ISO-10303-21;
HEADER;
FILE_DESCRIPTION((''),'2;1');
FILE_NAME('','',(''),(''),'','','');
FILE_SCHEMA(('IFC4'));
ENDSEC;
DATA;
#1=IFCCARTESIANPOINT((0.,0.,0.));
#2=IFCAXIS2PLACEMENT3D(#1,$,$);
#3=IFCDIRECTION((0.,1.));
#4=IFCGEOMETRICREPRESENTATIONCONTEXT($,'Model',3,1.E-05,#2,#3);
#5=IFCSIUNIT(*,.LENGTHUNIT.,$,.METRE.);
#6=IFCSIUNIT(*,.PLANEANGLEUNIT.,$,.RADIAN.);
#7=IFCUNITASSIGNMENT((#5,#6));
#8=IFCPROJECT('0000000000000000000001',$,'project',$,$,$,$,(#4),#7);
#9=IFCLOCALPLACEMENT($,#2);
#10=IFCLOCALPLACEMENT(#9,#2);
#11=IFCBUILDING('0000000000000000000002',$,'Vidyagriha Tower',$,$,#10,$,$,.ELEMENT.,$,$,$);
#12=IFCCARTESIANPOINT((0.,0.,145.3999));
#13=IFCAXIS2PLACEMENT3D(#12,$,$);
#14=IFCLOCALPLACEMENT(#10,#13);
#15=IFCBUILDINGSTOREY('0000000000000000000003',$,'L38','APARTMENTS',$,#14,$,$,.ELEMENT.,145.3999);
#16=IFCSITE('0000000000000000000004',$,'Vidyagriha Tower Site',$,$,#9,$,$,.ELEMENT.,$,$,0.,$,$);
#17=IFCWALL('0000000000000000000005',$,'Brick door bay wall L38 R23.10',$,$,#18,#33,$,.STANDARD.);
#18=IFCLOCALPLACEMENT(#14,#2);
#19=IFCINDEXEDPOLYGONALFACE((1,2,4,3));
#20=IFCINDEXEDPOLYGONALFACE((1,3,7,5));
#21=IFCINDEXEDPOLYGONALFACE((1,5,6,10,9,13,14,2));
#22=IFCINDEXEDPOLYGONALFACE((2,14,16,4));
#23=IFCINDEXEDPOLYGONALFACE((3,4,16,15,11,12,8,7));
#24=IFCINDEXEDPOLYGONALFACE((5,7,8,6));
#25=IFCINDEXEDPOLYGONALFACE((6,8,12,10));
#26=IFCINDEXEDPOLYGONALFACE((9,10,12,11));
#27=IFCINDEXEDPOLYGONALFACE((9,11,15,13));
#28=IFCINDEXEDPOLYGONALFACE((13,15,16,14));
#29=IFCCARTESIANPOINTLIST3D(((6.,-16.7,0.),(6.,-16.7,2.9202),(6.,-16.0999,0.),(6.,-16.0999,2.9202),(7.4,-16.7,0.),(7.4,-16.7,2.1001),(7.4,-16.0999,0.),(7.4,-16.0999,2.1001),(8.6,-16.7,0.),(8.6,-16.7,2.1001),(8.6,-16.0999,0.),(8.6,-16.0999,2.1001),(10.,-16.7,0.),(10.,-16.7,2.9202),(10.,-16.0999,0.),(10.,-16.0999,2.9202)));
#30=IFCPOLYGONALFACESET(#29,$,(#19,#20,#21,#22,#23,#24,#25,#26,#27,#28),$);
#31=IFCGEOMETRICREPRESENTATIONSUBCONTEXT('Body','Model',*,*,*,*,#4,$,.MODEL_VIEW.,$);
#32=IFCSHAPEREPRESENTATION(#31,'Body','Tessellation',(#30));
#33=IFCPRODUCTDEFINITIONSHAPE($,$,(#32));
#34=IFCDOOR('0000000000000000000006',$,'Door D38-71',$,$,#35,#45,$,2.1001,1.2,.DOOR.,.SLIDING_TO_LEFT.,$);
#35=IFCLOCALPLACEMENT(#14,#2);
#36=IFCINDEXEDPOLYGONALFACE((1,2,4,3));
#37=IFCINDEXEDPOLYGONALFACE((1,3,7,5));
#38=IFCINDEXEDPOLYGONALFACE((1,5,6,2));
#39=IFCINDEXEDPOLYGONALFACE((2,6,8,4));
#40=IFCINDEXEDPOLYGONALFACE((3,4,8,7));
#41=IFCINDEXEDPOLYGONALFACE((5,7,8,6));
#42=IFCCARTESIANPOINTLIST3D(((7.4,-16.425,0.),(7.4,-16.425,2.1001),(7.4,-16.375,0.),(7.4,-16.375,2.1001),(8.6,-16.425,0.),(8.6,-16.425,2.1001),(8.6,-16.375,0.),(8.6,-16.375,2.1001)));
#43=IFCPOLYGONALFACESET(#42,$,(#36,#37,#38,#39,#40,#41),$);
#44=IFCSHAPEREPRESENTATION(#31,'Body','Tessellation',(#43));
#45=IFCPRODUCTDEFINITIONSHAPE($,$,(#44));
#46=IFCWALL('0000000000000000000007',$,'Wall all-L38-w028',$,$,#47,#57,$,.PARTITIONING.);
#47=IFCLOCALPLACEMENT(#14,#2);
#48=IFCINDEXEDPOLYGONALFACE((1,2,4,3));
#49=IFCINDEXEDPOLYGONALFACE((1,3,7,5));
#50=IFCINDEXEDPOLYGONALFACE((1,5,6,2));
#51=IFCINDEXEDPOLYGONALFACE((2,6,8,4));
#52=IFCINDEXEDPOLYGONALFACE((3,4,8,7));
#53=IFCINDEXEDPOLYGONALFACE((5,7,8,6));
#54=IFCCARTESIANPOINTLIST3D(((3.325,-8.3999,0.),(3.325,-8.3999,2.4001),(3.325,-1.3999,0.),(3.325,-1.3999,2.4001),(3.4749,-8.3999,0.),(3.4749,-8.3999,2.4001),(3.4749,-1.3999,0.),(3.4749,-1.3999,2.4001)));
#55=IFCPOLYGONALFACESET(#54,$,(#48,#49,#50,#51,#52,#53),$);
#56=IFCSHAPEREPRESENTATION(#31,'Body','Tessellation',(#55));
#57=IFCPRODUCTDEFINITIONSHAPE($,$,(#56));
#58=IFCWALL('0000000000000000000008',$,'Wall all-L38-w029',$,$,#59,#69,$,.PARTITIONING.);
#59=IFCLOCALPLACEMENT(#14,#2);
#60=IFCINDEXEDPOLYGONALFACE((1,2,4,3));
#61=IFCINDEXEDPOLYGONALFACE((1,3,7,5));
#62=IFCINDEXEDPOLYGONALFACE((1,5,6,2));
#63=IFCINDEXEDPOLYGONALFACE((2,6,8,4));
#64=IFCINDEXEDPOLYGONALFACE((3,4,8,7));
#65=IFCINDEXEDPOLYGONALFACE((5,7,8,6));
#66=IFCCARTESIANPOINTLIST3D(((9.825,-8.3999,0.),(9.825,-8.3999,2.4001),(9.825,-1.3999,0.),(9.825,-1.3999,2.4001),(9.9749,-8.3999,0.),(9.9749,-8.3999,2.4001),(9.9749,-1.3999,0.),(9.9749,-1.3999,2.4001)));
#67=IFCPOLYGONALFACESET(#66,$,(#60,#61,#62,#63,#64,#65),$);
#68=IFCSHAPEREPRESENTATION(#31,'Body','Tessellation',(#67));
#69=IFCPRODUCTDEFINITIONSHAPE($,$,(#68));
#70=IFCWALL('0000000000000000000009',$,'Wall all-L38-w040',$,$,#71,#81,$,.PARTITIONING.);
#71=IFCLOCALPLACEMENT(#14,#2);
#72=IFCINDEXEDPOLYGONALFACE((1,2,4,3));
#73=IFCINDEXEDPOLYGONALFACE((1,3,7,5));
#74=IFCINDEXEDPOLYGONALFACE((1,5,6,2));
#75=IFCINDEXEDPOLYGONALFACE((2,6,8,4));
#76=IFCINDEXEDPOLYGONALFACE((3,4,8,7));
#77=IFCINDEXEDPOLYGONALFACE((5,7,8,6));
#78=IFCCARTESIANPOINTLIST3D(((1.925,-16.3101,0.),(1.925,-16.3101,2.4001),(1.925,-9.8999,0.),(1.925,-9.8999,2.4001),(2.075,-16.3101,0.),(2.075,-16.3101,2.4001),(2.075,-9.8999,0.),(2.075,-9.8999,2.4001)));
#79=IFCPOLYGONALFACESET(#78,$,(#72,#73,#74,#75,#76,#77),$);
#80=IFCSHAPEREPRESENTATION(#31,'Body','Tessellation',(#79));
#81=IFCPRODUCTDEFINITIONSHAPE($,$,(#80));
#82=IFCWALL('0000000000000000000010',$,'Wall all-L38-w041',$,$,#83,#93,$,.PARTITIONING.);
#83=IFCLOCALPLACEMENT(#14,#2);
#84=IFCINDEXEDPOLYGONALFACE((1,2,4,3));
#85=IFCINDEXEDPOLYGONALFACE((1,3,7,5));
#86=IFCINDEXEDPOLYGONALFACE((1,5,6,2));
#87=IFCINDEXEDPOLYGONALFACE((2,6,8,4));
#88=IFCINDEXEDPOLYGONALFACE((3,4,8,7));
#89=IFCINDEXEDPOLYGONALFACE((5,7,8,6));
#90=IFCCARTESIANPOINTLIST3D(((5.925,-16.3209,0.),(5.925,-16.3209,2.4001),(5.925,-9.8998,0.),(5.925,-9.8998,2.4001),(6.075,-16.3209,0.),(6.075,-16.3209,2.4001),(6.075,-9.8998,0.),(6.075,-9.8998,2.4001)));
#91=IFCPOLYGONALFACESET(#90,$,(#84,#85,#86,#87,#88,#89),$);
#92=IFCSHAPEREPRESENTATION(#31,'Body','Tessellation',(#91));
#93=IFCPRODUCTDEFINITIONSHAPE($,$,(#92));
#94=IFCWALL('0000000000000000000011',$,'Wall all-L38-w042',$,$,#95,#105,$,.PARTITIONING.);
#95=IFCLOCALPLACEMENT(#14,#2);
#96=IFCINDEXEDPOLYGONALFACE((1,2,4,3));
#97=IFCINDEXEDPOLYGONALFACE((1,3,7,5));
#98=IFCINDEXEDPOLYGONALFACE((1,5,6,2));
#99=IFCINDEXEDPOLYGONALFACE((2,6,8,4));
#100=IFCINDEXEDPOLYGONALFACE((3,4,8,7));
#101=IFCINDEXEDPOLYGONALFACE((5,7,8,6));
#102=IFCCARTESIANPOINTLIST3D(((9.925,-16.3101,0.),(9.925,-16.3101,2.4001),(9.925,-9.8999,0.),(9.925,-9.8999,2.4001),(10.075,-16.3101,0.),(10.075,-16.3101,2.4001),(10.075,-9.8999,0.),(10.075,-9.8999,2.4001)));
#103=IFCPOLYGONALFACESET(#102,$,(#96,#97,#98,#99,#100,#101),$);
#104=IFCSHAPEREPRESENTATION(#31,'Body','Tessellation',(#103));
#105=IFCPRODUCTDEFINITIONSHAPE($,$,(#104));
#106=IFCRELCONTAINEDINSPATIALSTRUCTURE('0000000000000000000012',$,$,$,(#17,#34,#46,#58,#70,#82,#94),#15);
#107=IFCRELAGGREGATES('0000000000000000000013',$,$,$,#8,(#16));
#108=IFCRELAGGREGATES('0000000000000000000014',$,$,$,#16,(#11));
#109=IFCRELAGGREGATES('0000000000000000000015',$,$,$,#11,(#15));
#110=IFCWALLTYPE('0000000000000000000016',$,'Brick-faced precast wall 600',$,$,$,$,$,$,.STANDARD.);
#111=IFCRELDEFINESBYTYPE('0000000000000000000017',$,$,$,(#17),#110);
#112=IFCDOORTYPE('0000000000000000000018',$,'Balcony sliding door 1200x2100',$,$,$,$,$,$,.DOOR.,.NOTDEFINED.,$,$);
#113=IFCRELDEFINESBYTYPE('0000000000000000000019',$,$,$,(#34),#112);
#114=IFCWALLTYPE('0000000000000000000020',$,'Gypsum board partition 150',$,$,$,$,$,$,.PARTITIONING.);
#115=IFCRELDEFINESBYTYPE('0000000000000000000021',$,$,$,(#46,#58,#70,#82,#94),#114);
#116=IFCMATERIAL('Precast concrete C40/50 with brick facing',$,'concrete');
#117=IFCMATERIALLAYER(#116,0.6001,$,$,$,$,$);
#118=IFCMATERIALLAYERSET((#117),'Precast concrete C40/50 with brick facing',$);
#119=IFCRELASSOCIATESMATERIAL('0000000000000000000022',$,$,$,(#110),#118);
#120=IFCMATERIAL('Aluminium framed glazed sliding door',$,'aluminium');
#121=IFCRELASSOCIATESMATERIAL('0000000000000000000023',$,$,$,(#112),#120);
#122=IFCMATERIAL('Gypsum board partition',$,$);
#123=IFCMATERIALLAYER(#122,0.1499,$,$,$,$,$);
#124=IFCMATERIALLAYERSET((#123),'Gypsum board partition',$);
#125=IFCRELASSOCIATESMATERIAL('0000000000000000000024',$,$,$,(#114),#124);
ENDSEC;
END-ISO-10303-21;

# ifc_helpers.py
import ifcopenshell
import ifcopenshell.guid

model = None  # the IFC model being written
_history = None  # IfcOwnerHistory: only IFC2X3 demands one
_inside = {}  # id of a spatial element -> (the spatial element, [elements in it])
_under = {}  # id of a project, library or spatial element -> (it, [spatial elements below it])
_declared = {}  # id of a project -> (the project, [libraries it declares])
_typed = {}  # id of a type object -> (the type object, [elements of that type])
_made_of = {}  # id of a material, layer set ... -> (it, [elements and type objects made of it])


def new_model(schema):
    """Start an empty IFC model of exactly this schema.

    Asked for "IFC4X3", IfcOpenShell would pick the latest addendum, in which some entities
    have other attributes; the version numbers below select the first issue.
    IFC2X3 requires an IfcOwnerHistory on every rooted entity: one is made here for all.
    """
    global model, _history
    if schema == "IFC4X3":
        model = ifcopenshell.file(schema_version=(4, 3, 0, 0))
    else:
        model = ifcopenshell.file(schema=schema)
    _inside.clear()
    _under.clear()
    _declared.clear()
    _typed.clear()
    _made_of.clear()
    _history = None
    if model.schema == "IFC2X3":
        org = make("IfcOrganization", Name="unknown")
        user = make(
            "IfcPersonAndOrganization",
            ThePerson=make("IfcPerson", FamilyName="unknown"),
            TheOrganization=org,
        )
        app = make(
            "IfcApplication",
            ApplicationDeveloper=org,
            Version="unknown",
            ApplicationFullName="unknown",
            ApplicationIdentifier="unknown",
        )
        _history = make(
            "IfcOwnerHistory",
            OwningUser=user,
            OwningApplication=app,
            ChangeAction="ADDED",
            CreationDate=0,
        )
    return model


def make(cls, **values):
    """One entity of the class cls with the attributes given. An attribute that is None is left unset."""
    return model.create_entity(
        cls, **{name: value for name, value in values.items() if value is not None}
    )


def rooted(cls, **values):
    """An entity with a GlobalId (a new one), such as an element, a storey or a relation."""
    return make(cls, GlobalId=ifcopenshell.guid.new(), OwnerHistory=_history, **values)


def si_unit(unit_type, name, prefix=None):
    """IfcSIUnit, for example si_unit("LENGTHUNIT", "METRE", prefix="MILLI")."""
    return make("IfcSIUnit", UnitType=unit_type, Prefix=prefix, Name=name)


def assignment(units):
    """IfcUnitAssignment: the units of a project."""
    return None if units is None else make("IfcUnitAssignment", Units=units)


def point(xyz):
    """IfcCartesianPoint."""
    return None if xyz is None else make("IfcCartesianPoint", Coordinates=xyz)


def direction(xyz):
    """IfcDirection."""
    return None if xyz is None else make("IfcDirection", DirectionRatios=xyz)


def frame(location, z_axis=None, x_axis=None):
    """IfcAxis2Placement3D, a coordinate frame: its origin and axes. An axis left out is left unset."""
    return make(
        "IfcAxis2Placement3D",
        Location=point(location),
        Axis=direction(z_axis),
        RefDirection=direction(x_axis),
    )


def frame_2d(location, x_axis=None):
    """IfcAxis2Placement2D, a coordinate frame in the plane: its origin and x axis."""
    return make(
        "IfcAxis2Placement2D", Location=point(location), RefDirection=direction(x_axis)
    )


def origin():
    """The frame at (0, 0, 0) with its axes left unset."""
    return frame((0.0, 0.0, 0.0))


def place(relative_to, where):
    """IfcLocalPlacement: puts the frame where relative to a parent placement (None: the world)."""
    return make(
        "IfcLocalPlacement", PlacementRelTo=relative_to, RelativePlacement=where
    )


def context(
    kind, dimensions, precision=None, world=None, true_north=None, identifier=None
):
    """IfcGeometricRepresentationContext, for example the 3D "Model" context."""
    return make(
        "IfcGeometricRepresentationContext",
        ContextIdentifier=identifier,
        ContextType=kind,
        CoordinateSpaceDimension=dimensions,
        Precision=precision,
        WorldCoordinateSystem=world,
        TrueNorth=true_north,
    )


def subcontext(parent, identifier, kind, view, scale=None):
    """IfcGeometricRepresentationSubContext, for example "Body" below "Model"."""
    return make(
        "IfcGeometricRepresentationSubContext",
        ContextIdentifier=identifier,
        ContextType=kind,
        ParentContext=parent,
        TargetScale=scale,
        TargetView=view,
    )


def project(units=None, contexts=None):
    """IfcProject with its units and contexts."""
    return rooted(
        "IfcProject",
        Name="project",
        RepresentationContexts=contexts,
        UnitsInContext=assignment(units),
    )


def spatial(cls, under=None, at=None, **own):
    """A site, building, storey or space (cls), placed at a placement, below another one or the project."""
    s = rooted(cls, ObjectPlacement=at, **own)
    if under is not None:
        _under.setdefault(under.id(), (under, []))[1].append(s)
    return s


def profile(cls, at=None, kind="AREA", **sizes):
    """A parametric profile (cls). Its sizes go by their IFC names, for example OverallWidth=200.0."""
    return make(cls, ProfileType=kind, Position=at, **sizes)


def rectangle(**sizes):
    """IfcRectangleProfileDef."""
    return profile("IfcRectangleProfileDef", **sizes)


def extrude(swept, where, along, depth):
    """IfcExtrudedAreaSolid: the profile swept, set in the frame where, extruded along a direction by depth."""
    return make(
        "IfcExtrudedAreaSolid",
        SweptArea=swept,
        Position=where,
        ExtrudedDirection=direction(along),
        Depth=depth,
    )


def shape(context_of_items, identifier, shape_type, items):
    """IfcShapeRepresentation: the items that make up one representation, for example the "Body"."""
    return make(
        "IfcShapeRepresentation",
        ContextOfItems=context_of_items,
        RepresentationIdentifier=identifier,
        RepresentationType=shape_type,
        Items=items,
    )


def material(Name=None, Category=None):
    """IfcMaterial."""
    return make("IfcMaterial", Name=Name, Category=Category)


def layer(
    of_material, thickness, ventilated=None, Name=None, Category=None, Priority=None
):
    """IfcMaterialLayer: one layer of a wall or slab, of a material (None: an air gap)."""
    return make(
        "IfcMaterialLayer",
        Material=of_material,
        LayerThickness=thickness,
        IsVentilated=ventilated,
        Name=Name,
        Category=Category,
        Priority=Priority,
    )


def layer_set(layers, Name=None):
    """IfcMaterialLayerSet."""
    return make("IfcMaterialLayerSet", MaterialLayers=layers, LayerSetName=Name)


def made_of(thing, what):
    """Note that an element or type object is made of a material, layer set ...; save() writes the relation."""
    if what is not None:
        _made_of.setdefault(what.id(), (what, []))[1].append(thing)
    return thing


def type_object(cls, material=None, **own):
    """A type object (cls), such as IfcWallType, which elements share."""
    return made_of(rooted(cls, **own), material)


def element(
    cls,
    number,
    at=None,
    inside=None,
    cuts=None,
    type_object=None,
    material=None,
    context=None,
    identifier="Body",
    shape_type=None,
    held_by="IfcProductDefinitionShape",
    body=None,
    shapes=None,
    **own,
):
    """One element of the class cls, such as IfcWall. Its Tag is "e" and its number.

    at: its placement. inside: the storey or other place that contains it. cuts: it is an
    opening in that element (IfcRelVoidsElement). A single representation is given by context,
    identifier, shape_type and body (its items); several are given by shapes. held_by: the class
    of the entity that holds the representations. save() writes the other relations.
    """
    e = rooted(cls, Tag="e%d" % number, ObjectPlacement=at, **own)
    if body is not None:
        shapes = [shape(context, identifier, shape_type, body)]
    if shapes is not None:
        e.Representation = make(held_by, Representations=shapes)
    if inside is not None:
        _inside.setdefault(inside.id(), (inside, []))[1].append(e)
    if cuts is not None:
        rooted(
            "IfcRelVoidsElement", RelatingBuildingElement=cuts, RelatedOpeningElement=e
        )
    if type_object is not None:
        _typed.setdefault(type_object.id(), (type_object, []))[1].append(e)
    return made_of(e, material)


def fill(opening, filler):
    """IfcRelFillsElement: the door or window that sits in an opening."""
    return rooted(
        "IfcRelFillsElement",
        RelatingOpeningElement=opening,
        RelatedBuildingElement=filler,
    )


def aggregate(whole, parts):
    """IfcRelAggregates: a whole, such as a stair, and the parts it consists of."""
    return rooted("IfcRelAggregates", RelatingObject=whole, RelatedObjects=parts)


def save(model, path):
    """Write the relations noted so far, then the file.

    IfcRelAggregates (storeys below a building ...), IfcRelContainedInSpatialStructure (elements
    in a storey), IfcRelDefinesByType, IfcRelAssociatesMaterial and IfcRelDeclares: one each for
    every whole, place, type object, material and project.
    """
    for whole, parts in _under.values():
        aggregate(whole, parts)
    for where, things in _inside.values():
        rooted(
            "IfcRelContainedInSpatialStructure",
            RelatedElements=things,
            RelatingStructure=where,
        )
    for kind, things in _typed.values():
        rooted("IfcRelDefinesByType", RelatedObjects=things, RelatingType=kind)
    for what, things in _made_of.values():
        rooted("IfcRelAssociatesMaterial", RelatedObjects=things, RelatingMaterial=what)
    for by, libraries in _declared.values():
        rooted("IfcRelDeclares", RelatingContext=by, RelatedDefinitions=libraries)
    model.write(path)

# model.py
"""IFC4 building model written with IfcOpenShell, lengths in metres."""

from ifc_helpers import new_model, si_unit, direction, frame, frame_2d, origin, place, context, subcontext, project, spatial, rectangle, extrude, material, layer, layer_set, type_object, element, fill, save


model = new_model("IFC4")

# Units and contexts
model_context = context("Model", 3, precision=1e-05, world=origin(), true_north=direction((0.0, 1.0)))
body_context = subcontext(model_context, "Body", "Model", "MODEL_VIEW")
ifc_project = project(units=[si_unit("LENGTHUNIT", "METRE"), si_unit("PLANEANGLEUNIT", "RADIAN")], contexts=[model_context])

# Site, building, storey
site_placement = place(None, origin())
site = spatial("IfcSite", under=ifc_project, at=site_placement, Name="Vidyagriha Tower Site", CompositionType="ELEMENT", RefElevation=0.0)
building_placement = place(site_placement, origin())
building = spatial("IfcBuilding", under=site, at=building_placement, Name="Vidyagriha Tower", CompositionType="ELEMENT")
storey_placement = place(building_placement, frame((0.0, 0.0, 145.3999)))
storey = spatial("IfcBuildingStorey", under=building, at=storey_placement, Name="L38", Description="APARTMENTS", CompositionType="ELEMENT", Elevation=145.3999)

# Wall, opening, door
ifc_material_1 = material(Name="Precast concrete C40/50 with brick facing", Category="concrete")
ifc_layer_1 = layer(ifc_material_1, 0.6001)
ifc_layer_set_1 = layer_set([ifc_layer_1], Name="Precast concrete C40/50 with brick facing")
wall_type_1 = type_object("IfcWallType", Name="Brick-faced precast wall 600", PredefinedType="STANDARD", material=ifc_layer_set_1)
wall_1_placement = place(storey_placement, frame((6.0, -16.3999, 0.0)))
wall_1 = element("IfcWall", 1, at=wall_1_placement, inside=storey, type_object=wall_type_1, Name="Brick door bay wall L38 R23.10", PredefinedType="STANDARD", context=body_context, shape_type="SweptSolid", body=[
    extrude(rectangle(XDim=4.0, YDim=0.6001, at=frame_2d((2.0, 0.0))), origin(), (0.0, 0.0, 1.0), 2.9202),
])
opening_placement = place(wall_1_placement, frame((1.3999, 0.0, 0.0)))
opening = element("IfcOpeningElement", 2, at=opening_placement, cuts=wall_1, PredefinedType="OPENING", context=body_context, shape_type="SweptSolid", body=[
    extrude(rectangle(XDim=1.2, YDim=2.1001, at=frame_2d((0.6001, 1.05))), frame((0.0, 0.3101, 0.0), z_axis=(0.0, -1.0, 0.0), x_axis=(1.0, 0.0, 0.0)), (0.0, 0.0, 1.0), 0.6201),
])
ifc_material_2 = material(Name="Aluminium framed glazed sliding door", Category="aluminium")
door_type = type_object("IfcDoorType", Name="Balcony sliding door 1200x2100", OperationType="NOTDEFINED", PredefinedType="DOOR", material=ifc_material_2)
door_placement = place(opening_placement, origin())
door = element("IfcDoor", 3, at=door_placement, inside=storey, type_object=door_type, Name="Door D38-71", OperationType="SLIDING_TO_LEFT", OverallHeight=2.1001, OverallWidth=1.2, PredefinedType="DOOR", context=body_context, shape_type="SweptSolid", body=[
    extrude(rectangle(XDim=1.2, YDim=2.1001, at=frame_2d((0.6001, 1.05))), frame((0.0, 0.0249, 0.0), z_axis=(0.0, -1.0, 0.0), x_axis=(1.0, 0.0, 0.0)), (0.0, 0.0, 1.0), 0.05),
])
fill(opening, door)

# Walls
ifc_material_3 = material(Name="Gypsum board partition")
ifc_layer_2 = layer(ifc_material_3, 0.1499)
ifc_layer_set_2 = layer_set([ifc_layer_2], Name="Gypsum board partition")
wall_type_2 = type_object("IfcWallType", Name="Gypsum board partition 150", PredefinedType="PARTITIONING", material=ifc_layer_set_2)
for number, where, z_axis, x_axis, name in (
    (4, (3.3999, -1.3999, 0.0), (0.0, 0.0, 1.0), (0.0, -1.0, 0.0), "Wall all-L38-w028"),
    (5, (9.8999, -1.3999, 0.0), (0.0, 0.0, 1.0), (0.0, -1.0, 0.0), "Wall all-L38-w029"),
):
    element("IfcWall", number, at=place(storey_placement, frame(where, z_axis=z_axis, x_axis=x_axis)), inside=storey, type_object=wall_type_2, Name=name, PredefinedType="PARTITIONING", context=body_context, shape_type="SweptSolid", body=[
        extrude(rectangle(XDim=7.0, YDim=0.1499, at=frame_2d((3.5, 0.0))), origin(), (0.0, 0.0, 1.0), 2.4001),
    ])
wall_2_placement = place(storey_placement, frame((2.0, -9.8999, 0.0), z_axis=(0.0, 0.0, 1.0), x_axis=(0.0, -1.0, 0.0)))
element("IfcWall", 6, at=wall_2_placement, inside=storey, type_object=wall_type_2, Name="Wall all-L38-w040", PredefinedType="PARTITIONING", context=body_context, shape_type="SweptSolid", body=[
    extrude(rectangle(XDim=6.4102, YDim=0.1499, at=frame_2d((3.2051, 0.0))), origin(), (0.0, 0.0, 1.0), 2.4001),
])
wall_3_placement = place(storey_placement, frame((6.0, -9.8999, 0.0), z_axis=(0.0, 0.0, 1.0), x_axis=(0.0, -1.0, 0.0)))
element("IfcWall", 7, at=wall_3_placement, inside=storey, type_object=wall_type_2, Name="Wall all-L38-w041", PredefinedType="PARTITIONING", context=body_context, shape_type="SweptSolid", body=[
    extrude(rectangle(XDim=6.4211, YDim=0.1499, at=frame_2d((3.2104, 0.0))), origin(), (0.0, 0.0, 1.0), 2.4001),
])
wall_4_placement = place(storey_placement, frame((10.0, -9.8999, 0.0), z_axis=(0.0, 0.0, 1.0), x_axis=(0.0, -1.0, 0.0)))
element("IfcWall", 8, at=wall_4_placement, inside=storey, type_object=wall_type_2, Name="Wall all-L38-w042", PredefinedType="PARTITIONING", context=body_context, shape_type="SweptSolid", body=[
    extrude(rectangle(XDim=6.4102, YDim=0.1499, at=frame_2d((3.2051, 0.0))), origin(), (0.0, 0.0, 1.0), 2.4001),
])

save(model, "model.ifc")
